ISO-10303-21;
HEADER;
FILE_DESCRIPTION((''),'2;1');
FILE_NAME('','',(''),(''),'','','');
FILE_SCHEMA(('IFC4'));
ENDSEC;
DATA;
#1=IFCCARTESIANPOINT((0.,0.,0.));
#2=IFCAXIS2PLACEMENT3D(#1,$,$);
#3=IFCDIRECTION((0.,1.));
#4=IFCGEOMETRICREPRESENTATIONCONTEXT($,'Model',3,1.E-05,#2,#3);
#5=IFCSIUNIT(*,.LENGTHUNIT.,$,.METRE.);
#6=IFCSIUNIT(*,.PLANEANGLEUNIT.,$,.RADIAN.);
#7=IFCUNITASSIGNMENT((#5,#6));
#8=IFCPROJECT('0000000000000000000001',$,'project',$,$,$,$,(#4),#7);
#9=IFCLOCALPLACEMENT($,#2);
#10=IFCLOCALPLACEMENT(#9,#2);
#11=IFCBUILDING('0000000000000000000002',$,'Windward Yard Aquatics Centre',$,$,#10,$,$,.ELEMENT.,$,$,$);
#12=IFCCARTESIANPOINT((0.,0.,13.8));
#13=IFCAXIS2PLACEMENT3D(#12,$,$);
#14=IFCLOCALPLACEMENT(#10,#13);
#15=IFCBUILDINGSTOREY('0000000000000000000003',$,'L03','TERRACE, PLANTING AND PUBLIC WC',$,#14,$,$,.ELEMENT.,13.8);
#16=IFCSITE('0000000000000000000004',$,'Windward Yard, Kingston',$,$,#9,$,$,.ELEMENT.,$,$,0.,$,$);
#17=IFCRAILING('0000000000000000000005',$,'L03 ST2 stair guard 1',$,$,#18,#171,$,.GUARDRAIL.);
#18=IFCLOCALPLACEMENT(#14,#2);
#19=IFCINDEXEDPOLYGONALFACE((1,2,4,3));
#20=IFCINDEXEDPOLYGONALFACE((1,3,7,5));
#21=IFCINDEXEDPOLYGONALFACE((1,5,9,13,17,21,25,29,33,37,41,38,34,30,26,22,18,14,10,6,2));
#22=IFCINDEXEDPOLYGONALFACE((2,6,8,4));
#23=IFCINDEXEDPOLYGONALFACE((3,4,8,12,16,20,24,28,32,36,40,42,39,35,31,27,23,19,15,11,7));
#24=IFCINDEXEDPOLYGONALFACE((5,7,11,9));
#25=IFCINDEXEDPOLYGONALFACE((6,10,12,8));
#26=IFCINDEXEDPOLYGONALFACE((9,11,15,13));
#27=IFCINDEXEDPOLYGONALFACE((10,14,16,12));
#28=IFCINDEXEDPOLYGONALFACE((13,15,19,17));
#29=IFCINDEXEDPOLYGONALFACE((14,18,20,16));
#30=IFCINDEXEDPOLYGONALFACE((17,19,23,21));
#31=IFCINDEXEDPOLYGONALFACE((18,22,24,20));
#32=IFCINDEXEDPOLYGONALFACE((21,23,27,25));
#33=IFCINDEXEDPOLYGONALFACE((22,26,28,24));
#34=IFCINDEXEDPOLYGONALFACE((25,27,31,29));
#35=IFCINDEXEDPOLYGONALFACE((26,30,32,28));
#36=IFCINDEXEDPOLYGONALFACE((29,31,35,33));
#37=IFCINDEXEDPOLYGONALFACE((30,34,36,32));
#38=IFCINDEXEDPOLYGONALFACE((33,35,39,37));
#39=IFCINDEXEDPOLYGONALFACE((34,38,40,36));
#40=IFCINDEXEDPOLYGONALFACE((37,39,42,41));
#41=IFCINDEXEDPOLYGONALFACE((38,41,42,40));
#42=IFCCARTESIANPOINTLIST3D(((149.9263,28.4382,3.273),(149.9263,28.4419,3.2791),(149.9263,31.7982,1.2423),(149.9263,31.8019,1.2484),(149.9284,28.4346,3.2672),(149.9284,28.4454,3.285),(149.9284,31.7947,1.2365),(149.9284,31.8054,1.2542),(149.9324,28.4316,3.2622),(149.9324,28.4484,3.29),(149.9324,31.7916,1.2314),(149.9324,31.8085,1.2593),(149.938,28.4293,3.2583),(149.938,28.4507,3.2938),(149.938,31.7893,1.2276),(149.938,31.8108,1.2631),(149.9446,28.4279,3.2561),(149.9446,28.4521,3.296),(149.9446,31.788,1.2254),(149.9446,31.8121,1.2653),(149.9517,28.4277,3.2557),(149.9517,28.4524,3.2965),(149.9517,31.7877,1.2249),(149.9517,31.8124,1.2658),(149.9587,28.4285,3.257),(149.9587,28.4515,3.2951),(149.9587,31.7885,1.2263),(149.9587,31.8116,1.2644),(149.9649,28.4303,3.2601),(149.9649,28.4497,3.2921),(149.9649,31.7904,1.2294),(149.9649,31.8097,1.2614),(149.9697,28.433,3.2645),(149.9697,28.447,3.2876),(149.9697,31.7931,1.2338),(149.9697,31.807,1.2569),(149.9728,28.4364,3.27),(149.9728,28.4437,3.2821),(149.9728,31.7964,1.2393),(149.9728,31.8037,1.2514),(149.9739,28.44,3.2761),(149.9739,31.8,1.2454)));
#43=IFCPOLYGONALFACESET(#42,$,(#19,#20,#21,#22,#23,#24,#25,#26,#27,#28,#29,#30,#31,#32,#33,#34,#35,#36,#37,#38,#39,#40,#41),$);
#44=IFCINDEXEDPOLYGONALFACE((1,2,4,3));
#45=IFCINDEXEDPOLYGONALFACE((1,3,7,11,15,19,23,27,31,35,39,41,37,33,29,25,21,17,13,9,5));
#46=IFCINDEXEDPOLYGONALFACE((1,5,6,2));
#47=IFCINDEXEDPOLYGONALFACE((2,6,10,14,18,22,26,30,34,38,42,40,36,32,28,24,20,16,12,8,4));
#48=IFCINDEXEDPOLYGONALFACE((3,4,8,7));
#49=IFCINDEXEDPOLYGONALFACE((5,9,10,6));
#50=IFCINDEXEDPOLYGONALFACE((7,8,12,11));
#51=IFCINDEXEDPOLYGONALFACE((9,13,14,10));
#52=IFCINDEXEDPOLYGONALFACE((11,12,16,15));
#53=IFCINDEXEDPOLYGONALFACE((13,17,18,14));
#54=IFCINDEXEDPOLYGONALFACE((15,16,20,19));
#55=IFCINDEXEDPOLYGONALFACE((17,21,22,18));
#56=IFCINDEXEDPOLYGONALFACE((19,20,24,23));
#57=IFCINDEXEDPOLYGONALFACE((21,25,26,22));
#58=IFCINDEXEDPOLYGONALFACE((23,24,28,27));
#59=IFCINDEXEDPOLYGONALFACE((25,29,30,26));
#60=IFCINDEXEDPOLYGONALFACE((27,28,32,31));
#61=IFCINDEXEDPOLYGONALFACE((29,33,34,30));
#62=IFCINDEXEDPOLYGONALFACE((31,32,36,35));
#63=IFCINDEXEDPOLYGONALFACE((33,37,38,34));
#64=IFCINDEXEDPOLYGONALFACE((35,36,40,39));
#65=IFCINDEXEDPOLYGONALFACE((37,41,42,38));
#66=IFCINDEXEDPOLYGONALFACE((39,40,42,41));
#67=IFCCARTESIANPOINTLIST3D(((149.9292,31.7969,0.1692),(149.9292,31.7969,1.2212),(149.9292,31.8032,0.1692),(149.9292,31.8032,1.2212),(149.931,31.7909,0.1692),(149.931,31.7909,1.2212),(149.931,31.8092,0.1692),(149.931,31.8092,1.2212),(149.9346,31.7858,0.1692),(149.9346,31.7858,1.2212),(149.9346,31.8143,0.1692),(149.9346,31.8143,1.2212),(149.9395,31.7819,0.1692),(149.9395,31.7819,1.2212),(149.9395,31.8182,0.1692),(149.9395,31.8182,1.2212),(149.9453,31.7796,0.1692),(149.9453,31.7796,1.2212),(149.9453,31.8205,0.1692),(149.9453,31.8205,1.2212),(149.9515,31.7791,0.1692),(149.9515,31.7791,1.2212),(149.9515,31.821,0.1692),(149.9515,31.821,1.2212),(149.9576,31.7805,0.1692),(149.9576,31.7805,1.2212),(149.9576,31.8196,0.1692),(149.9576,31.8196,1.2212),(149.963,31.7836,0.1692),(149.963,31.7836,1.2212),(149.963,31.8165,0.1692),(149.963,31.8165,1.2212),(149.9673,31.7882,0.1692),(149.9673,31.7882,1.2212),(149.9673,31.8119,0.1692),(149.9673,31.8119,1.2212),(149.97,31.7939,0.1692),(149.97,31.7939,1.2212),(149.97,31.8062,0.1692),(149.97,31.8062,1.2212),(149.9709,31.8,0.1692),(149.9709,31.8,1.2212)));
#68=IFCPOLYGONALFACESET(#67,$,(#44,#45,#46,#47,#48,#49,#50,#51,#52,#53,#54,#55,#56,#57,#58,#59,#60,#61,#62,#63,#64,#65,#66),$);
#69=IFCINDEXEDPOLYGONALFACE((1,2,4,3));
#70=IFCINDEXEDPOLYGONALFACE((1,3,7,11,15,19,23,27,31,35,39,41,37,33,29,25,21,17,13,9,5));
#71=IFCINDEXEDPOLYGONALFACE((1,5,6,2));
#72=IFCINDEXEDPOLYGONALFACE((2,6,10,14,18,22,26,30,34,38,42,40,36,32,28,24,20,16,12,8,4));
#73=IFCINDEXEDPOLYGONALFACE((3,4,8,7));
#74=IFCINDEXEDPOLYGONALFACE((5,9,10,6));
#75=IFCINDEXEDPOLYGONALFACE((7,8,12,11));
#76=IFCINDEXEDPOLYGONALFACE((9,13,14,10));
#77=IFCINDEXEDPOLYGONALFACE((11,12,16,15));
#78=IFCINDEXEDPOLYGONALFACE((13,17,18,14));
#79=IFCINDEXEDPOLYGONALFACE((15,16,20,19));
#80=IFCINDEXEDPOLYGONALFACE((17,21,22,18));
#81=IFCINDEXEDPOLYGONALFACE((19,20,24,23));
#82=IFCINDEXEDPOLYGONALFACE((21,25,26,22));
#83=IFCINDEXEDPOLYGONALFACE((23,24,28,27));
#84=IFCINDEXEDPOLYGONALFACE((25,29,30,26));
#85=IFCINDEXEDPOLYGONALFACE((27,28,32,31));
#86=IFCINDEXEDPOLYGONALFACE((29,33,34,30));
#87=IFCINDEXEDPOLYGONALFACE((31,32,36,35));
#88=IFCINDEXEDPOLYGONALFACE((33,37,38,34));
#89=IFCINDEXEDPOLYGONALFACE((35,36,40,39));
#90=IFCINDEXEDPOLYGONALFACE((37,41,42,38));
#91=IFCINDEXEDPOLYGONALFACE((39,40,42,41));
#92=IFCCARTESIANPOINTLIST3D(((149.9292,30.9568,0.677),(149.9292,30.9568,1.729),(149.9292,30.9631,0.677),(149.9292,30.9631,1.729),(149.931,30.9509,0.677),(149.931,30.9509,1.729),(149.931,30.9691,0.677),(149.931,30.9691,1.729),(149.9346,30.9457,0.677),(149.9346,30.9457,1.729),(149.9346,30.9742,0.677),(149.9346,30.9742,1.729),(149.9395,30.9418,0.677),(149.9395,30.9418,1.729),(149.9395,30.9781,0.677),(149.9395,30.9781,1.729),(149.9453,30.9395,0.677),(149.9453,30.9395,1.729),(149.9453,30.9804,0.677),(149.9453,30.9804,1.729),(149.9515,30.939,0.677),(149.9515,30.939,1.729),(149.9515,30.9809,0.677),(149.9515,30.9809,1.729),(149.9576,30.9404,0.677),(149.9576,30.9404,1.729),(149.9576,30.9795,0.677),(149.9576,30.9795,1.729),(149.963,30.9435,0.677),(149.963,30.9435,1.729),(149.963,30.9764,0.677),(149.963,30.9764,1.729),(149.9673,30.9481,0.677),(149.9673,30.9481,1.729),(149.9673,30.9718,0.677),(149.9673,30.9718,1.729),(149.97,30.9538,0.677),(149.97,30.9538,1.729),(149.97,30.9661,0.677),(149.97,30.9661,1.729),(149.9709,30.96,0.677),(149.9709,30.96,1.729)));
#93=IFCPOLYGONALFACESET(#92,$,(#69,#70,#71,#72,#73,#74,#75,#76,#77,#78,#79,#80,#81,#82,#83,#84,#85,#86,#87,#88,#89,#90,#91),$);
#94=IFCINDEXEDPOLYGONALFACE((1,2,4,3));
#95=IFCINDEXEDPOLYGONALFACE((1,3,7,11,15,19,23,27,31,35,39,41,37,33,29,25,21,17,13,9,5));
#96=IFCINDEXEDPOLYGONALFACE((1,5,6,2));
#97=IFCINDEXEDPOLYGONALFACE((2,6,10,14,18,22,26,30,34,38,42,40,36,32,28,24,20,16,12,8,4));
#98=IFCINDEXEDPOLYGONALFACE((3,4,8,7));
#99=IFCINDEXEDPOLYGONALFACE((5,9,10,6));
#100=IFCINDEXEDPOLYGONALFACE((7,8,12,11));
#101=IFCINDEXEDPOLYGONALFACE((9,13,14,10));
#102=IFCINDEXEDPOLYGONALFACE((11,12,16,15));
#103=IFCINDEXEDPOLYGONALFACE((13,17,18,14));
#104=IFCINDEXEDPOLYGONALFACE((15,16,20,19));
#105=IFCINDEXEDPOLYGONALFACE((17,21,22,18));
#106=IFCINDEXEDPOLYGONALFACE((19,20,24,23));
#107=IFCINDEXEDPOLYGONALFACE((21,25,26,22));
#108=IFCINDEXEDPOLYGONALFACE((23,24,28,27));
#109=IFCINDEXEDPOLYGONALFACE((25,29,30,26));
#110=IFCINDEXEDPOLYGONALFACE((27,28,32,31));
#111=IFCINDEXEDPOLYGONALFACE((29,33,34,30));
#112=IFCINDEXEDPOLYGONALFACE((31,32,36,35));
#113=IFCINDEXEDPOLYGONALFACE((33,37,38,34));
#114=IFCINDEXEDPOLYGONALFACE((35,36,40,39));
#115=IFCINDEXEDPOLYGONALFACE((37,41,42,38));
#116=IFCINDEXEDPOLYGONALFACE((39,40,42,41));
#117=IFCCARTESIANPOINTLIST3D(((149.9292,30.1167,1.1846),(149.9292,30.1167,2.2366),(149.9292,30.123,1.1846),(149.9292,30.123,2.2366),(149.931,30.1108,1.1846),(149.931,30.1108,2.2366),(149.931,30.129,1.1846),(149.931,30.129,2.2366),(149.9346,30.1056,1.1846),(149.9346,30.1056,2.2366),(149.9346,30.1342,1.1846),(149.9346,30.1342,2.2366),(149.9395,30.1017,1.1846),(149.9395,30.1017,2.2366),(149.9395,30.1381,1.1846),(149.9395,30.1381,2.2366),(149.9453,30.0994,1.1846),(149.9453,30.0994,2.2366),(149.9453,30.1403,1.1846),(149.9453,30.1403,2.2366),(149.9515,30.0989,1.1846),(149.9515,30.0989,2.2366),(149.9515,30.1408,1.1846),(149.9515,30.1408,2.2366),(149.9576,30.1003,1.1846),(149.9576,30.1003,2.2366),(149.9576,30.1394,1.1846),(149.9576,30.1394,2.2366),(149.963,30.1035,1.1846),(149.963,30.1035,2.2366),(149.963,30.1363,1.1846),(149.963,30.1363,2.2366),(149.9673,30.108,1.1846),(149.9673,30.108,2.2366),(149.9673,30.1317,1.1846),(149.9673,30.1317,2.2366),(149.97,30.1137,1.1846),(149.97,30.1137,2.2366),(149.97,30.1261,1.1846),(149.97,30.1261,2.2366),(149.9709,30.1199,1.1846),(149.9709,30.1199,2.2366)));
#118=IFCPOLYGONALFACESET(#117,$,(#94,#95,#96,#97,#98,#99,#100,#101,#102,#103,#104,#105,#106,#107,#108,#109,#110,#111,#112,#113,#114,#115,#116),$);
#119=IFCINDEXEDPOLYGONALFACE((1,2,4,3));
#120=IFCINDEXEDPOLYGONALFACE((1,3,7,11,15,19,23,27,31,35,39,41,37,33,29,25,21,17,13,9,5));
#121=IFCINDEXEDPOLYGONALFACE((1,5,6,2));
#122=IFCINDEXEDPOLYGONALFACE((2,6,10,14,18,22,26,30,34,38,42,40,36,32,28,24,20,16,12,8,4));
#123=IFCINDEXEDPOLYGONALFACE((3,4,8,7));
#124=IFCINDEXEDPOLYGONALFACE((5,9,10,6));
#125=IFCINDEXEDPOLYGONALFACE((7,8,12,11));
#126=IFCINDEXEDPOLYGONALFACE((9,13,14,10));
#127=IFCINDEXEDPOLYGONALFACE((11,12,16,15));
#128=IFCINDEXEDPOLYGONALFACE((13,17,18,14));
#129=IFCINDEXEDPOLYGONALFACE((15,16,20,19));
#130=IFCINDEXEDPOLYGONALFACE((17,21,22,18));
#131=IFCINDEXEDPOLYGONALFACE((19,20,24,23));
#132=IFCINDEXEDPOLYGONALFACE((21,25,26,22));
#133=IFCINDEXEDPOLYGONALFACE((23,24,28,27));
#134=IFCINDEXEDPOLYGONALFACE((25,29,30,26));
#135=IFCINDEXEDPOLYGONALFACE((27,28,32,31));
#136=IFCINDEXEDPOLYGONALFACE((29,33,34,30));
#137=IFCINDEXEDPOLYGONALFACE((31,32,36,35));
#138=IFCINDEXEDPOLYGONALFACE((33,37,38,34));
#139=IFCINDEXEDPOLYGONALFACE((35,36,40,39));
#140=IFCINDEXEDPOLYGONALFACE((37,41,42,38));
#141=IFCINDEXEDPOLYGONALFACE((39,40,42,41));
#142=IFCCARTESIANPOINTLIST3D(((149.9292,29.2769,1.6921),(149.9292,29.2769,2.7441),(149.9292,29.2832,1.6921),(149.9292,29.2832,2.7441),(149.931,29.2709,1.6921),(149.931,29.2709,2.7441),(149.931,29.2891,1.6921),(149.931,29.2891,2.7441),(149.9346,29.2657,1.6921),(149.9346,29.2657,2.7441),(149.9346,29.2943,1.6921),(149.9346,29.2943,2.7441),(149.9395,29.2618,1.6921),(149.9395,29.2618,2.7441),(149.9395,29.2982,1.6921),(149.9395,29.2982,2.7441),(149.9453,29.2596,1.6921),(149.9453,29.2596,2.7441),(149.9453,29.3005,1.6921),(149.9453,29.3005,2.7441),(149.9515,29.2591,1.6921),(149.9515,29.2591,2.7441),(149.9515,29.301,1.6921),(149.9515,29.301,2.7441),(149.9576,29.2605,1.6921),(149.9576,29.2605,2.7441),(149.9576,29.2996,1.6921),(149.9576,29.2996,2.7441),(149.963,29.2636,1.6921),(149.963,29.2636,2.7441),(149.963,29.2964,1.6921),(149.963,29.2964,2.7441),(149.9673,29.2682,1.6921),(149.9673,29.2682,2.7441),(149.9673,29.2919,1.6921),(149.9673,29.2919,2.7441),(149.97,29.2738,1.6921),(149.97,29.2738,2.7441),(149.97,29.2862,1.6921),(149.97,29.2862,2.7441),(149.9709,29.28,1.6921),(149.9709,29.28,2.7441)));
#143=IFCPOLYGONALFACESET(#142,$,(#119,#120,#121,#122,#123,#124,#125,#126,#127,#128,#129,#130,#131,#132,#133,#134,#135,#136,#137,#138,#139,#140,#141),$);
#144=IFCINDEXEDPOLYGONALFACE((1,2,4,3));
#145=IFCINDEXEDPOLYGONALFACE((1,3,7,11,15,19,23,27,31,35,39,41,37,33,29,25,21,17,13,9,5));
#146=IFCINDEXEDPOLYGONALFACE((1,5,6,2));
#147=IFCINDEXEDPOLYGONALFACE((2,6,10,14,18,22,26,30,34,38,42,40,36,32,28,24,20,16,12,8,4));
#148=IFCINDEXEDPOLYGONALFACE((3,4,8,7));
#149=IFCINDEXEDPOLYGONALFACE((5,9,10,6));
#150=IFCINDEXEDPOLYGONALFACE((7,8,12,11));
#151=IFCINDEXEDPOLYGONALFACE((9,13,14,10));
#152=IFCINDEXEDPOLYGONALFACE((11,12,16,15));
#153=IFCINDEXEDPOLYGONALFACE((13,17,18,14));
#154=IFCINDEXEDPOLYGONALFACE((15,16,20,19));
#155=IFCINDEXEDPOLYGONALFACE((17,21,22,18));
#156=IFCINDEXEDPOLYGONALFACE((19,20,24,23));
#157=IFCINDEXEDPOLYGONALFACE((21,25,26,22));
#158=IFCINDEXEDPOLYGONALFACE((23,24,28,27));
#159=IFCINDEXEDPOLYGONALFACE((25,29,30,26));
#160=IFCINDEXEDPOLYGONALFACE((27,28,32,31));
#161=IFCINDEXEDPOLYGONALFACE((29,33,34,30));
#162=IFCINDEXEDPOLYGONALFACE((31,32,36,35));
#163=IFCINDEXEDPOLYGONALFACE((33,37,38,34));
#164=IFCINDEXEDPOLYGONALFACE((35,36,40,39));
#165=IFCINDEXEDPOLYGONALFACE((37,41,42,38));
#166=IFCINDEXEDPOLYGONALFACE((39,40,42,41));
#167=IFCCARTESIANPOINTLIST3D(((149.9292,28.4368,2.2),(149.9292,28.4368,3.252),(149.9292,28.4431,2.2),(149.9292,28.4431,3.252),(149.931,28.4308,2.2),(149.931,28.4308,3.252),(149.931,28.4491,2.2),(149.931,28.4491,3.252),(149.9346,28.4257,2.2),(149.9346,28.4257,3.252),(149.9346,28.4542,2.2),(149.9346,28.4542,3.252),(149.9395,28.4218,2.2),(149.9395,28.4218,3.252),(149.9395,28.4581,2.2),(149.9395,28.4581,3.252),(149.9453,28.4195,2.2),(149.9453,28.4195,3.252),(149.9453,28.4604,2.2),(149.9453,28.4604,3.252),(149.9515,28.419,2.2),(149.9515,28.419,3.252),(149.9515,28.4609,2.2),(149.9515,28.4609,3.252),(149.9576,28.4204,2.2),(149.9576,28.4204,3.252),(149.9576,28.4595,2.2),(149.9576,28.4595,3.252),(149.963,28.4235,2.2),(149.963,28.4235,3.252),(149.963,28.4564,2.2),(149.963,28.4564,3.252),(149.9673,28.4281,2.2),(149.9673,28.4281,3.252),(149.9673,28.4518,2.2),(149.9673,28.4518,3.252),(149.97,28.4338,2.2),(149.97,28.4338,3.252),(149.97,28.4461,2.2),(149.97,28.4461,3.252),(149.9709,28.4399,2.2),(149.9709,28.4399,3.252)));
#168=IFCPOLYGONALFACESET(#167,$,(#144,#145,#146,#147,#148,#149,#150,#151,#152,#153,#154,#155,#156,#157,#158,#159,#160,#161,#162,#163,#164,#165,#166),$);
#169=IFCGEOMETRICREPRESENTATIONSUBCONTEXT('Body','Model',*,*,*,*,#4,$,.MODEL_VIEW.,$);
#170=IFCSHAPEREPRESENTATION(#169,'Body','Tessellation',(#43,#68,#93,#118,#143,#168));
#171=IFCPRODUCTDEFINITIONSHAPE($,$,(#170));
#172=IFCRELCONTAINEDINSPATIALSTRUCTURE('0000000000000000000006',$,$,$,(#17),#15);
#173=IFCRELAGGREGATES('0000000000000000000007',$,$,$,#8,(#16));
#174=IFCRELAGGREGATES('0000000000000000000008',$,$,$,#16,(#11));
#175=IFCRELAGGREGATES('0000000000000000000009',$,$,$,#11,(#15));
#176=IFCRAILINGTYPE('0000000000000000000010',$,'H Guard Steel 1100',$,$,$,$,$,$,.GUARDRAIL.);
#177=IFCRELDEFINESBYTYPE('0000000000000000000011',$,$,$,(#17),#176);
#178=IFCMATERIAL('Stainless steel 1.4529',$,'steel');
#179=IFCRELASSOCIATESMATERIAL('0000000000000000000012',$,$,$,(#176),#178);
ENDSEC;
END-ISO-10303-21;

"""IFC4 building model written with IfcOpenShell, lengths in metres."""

from ifc_helpers import new_model, si_unit, direction, frame, origin, origin_2d, place, context, subcontext, project, spatial, circle, extrude, material, type_object, element, save


model = new_model("IFC4")

# Units and contexts
model_context = context("Model", 3, precision=1e-05, world=origin(), true_north=direction((0.0, 1.0)))
body_context = subcontext(model_context, "Body", "Model", "MODEL_VIEW")
ifc_project = project(units=[si_unit("LENGTHUNIT", "METRE"), si_unit("PLANEANGLEUNIT", "RADIAN")], contexts=[model_context])

# Site, building, storey
site_placement = place(None, origin())
site = spatial("IfcSite", under=ifc_project, at=site_placement, Name="Windward Yard, Kingston", CompositionType="ELEMENT", RefElevation=0.0)
building_placement = place(site_placement, origin())
building = spatial("IfcBuilding", under=site, at=building_placement, Name="Windward Yard Aquatics Centre", CompositionType="ELEMENT")
storey_placement = place(building_placement, frame((0.0, 0.0, 13.8)))
storey = spatial("IfcBuildingStorey", under=building, at=storey_placement, Name="L03", Description="TERRACE, PLANTING AND PUBLIC WC", CompositionType="ELEMENT", Elevation=13.8)

# Railing
ifc_material_1 = material(Name="Stainless steel 1.4529", Category="steel")
railing_type_1 = type_object("IfcRailingType", Name="H Guard Steel 1100", PredefinedType="GUARDRAIL", material=ifc_material_1)
railing_1_placement = place(storey_placement, frame((149.95, 31.8, 0.1692)))
element("IfcRailing", 1, at=railing_1_placement, inside=storey, type_object=railing_type_1, Name="L03 ST2 stair guard 1", PredefinedType="GUARDRAIL", context=body_context, shape_type="SweptSolid", body=[
    extrude(circle(Radius=0.0239, at=origin_2d()), frame((0.0, 0.0, 1.0762), z_axis=(0.0, -0.855837, 0.517246), x_axis=(1.0, 0.0, 0.0)), (0.0, 0.0, 1.0), 3.926),
    extrude(circle(Radius=0.021, at=origin_2d()), origin(), (0.0, 0.0, 1.0), 1.052),
    extrude(circle(Radius=0.021, at=origin_2d()), frame((0.0, -0.8401, 0.5078)), (0.0, 0.0, 1.0), 1.052),
    extrude(circle(Radius=0.021, at=origin_2d()), frame((0.0, -1.6802, 1.0154)), (0.0, 0.0, 1.0), 1.052),
    extrude(circle(Radius=0.021, at=origin_2d()), frame((0.0, -2.52, 1.5229)), (0.0, 0.0, 1.0), 1.052),
    extrude(circle(Radius=0.021, at=origin_2d()), frame((0.0, -3.3601, 2.0308)), (0.0, 0.0, 1.0), 1.052),
])

save(model, "model.ifc")
